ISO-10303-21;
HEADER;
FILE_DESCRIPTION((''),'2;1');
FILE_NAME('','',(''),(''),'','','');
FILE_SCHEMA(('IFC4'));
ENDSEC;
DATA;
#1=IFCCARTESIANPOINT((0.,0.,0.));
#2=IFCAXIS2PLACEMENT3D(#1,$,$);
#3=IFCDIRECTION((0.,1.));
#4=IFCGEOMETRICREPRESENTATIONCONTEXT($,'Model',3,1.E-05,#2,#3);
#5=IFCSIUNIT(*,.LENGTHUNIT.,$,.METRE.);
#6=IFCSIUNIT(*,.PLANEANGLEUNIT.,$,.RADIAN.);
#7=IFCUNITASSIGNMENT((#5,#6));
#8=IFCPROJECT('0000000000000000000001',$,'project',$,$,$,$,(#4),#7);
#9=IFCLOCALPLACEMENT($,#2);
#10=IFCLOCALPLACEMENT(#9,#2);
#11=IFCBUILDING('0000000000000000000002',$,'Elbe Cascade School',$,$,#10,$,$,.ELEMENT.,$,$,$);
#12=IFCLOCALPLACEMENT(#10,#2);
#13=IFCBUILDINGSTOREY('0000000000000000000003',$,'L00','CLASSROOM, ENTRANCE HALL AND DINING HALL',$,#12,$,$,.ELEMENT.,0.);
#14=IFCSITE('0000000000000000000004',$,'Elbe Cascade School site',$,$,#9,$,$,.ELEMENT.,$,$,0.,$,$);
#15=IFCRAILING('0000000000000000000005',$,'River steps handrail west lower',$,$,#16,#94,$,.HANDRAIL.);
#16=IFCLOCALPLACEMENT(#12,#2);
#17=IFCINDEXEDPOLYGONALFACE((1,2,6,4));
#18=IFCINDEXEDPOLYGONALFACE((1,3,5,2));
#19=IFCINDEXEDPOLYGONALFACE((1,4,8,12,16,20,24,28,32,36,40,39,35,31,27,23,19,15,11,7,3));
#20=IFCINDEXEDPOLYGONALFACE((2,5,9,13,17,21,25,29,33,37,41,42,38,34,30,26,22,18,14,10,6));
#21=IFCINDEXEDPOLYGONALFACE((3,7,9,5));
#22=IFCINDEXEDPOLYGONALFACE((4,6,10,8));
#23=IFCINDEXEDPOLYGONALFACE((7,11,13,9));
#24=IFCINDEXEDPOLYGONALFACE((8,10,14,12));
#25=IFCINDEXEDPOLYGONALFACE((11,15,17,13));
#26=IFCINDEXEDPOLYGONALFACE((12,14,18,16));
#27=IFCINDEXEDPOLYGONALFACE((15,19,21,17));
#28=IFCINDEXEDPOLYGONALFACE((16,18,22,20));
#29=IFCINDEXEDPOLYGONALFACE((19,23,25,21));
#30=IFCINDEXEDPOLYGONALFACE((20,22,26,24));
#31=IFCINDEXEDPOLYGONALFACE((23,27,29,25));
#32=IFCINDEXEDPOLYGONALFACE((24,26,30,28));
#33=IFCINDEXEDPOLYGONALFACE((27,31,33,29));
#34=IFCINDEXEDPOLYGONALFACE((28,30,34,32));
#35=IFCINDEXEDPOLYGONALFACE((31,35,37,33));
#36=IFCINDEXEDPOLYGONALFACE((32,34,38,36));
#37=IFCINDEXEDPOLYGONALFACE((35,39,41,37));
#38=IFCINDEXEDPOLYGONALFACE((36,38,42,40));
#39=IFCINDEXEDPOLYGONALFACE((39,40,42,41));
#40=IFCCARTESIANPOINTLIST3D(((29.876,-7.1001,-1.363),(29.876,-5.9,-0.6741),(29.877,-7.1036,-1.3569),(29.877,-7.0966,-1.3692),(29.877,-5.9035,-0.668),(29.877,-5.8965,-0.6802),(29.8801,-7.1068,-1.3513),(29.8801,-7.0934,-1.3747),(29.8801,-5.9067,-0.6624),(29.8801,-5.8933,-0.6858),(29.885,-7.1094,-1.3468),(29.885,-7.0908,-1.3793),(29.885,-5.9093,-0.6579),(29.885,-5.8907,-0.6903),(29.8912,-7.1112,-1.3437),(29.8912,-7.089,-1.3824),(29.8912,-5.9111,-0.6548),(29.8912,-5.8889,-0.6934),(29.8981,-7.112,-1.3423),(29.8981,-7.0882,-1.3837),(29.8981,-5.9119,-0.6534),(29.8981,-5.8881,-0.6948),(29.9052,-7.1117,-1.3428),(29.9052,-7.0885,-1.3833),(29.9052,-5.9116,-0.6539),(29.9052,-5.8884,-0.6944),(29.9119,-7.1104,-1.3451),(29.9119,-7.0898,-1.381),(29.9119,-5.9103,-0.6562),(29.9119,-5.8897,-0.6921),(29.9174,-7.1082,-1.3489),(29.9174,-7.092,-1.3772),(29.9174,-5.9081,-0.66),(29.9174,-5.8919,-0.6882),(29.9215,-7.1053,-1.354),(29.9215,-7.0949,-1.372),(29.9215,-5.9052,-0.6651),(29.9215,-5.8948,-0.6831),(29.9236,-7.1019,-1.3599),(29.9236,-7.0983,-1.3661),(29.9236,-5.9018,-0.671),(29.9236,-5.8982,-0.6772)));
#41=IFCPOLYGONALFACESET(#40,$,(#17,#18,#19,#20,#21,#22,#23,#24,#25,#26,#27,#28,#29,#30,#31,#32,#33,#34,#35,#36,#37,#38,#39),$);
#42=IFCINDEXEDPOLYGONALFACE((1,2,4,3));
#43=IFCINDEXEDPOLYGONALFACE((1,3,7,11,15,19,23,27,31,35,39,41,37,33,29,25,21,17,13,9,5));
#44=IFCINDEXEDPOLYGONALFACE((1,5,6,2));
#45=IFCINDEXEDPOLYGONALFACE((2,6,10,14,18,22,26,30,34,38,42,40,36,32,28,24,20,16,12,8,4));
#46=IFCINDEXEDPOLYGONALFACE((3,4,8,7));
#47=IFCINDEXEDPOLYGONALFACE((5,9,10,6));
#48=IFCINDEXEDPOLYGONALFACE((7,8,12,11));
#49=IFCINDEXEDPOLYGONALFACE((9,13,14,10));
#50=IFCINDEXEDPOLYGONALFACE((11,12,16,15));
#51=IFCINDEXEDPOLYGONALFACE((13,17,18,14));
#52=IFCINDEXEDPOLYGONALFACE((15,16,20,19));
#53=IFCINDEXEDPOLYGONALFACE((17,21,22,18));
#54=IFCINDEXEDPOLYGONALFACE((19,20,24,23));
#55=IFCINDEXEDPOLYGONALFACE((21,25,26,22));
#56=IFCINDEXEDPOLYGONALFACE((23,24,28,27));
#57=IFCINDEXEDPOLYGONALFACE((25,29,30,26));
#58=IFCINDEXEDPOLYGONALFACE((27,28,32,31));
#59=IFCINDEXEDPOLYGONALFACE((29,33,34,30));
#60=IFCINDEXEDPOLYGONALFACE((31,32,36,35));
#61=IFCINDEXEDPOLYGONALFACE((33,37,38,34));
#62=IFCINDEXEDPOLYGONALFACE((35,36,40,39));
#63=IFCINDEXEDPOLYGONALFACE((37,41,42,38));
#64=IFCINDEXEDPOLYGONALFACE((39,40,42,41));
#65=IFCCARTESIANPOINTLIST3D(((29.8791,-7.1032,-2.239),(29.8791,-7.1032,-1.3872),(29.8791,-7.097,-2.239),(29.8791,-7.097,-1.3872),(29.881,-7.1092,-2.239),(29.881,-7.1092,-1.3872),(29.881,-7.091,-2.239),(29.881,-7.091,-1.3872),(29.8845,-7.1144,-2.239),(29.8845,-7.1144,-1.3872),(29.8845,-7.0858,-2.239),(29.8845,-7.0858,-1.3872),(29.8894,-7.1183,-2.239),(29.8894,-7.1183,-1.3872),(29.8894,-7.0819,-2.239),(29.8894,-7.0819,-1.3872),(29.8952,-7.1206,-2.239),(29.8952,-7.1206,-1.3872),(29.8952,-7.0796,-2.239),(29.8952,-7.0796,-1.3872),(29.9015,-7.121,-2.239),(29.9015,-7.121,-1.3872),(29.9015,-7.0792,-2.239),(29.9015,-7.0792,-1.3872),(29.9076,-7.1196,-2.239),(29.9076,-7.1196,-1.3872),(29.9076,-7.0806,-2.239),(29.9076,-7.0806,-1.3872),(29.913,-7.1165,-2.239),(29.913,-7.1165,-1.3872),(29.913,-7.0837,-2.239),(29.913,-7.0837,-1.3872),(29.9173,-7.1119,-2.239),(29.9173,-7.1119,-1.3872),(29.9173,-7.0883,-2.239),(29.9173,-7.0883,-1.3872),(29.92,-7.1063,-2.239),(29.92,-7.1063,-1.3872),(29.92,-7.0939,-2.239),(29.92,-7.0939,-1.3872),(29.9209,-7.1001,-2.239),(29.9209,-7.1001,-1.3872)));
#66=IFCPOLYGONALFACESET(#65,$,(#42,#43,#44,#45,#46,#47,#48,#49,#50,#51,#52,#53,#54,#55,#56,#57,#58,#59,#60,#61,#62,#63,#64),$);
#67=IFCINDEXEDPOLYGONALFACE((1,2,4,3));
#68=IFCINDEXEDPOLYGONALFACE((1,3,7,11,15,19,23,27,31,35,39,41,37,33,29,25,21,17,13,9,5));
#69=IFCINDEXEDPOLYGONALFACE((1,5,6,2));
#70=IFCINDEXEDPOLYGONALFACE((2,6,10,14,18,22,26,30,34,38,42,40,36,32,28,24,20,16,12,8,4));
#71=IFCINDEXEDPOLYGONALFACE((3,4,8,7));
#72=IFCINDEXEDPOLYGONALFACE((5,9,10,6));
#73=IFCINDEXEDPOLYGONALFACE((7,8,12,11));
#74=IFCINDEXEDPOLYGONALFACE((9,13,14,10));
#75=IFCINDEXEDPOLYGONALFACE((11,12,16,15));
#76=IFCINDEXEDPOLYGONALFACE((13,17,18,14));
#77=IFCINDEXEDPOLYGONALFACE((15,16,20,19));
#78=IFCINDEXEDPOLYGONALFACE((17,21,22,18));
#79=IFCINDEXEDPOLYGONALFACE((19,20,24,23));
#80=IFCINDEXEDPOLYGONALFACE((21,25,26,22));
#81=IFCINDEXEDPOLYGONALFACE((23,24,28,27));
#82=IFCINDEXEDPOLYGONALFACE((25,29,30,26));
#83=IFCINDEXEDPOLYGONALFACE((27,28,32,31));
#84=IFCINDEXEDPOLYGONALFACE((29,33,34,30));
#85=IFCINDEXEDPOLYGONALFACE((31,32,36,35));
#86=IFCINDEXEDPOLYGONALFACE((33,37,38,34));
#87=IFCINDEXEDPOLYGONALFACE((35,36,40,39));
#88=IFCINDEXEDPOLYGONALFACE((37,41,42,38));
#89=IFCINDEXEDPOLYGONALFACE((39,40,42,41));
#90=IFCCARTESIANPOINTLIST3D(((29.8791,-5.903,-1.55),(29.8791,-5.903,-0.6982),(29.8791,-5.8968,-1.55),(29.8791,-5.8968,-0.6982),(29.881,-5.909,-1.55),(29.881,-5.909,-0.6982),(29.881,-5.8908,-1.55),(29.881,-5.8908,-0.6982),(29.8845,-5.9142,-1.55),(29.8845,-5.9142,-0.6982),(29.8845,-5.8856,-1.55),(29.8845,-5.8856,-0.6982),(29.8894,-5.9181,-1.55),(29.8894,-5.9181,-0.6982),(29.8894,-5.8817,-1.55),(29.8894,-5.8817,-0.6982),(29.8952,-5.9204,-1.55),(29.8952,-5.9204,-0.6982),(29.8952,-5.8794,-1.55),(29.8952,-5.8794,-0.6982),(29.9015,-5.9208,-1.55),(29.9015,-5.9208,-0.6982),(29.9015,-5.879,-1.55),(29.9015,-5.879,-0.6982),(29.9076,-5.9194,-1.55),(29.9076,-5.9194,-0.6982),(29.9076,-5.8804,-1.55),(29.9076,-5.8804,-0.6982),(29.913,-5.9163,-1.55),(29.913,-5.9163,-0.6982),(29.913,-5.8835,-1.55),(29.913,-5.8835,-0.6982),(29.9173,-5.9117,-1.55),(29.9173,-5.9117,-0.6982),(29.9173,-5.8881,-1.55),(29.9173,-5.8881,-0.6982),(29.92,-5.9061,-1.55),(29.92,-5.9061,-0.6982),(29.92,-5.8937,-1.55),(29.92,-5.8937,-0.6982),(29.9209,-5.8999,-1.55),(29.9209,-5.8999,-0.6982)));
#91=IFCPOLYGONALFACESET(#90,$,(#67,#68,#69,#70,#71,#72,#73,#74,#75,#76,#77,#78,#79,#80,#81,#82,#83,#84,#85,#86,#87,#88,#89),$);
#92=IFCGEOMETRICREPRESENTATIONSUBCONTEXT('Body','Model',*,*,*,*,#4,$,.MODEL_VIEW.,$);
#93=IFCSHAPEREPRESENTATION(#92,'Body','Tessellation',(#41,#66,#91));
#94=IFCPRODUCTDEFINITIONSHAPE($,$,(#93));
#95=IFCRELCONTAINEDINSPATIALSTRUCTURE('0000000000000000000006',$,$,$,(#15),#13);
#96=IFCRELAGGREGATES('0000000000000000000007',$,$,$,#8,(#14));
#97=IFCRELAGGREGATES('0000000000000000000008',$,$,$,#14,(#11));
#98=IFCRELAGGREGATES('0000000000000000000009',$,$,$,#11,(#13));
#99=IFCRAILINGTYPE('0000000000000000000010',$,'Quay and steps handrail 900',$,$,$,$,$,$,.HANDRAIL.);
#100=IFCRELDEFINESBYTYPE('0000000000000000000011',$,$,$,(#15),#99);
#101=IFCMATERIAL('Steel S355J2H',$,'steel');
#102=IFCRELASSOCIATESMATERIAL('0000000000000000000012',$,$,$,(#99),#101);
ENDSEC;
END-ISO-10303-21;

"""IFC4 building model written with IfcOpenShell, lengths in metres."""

from ifc_helpers import new_model, si_unit, direction, frame, origin, origin_2d, place, context, subcontext, project, spatial, circle, extrude, material, type_object, element, save


model = new_model("IFC4")

# Units and contexts
model_context = context("Model", 3, precision=1e-05, world=origin(), true_north=direction((0.0, 1.0)))
body_context = subcontext(model_context, "Body", "Model", "MODEL_VIEW")
ifc_project = project(units=[si_unit("LENGTHUNIT", "METRE"), si_unit("PLANEANGLEUNIT", "RADIAN")], contexts=[model_context])

# Site, building, storey
site_placement = place(None, origin())
site = spatial("IfcSite", under=ifc_project, at=site_placement, Name="Elbe Cascade School site", CompositionType="ELEMENT", RefElevation=0.0)
building_placement = place(site_placement, origin())
building = spatial("IfcBuilding", under=site, at=building_placement, Name="Elbe Cascade School", CompositionType="ELEMENT")
storey_placement = place(building_placement, origin())
storey = spatial("IfcBuildingStorey", under=building, at=storey_placement, Name="L00", Description="CLASSROOM, ENTRANCE HALL AND DINING HALL", CompositionType="ELEMENT", Elevation=0.0)

# Railing
ifc_material_1 = material(Name="Steel S355J2H", Category="steel")
railing_type_1 = type_object("IfcRailingType", Name="Quay and steps handrail 900", PredefinedType="HANDRAIL", material=ifc_material_1)
railing_1_placement = place(storey_placement, frame((29.8999, -7.1001, -2.239)))
element("IfcRailing", 1, at=railing_1_placement, inside=storey, type_object=railing_type_1, Name="River steps handrail west lower", PredefinedType="HANDRAIL", context=body_context, shape_type="SweptSolid", body=[
    extrude(circle(Radius=0.0239, at=origin_2d()), frame((0.0, 0.0, 0.876), z_axis=(0.0, 0.867264, 0.497848), x_axis=(-1.0, 0.0, 0.0)), (0.0, 0.0, 1.0), 1.3838),
    extrude(circle(Radius=0.021, at=origin_2d()), origin(), (0.0, 0.0, 1.0), 0.8518),
    extrude(circle(Radius=0.021, at=origin_2d()), frame((0.0, 1.2002, 0.689)), (0.0, 0.0, 1.0), 0.8518),
])

save(model, "model.ifc")
